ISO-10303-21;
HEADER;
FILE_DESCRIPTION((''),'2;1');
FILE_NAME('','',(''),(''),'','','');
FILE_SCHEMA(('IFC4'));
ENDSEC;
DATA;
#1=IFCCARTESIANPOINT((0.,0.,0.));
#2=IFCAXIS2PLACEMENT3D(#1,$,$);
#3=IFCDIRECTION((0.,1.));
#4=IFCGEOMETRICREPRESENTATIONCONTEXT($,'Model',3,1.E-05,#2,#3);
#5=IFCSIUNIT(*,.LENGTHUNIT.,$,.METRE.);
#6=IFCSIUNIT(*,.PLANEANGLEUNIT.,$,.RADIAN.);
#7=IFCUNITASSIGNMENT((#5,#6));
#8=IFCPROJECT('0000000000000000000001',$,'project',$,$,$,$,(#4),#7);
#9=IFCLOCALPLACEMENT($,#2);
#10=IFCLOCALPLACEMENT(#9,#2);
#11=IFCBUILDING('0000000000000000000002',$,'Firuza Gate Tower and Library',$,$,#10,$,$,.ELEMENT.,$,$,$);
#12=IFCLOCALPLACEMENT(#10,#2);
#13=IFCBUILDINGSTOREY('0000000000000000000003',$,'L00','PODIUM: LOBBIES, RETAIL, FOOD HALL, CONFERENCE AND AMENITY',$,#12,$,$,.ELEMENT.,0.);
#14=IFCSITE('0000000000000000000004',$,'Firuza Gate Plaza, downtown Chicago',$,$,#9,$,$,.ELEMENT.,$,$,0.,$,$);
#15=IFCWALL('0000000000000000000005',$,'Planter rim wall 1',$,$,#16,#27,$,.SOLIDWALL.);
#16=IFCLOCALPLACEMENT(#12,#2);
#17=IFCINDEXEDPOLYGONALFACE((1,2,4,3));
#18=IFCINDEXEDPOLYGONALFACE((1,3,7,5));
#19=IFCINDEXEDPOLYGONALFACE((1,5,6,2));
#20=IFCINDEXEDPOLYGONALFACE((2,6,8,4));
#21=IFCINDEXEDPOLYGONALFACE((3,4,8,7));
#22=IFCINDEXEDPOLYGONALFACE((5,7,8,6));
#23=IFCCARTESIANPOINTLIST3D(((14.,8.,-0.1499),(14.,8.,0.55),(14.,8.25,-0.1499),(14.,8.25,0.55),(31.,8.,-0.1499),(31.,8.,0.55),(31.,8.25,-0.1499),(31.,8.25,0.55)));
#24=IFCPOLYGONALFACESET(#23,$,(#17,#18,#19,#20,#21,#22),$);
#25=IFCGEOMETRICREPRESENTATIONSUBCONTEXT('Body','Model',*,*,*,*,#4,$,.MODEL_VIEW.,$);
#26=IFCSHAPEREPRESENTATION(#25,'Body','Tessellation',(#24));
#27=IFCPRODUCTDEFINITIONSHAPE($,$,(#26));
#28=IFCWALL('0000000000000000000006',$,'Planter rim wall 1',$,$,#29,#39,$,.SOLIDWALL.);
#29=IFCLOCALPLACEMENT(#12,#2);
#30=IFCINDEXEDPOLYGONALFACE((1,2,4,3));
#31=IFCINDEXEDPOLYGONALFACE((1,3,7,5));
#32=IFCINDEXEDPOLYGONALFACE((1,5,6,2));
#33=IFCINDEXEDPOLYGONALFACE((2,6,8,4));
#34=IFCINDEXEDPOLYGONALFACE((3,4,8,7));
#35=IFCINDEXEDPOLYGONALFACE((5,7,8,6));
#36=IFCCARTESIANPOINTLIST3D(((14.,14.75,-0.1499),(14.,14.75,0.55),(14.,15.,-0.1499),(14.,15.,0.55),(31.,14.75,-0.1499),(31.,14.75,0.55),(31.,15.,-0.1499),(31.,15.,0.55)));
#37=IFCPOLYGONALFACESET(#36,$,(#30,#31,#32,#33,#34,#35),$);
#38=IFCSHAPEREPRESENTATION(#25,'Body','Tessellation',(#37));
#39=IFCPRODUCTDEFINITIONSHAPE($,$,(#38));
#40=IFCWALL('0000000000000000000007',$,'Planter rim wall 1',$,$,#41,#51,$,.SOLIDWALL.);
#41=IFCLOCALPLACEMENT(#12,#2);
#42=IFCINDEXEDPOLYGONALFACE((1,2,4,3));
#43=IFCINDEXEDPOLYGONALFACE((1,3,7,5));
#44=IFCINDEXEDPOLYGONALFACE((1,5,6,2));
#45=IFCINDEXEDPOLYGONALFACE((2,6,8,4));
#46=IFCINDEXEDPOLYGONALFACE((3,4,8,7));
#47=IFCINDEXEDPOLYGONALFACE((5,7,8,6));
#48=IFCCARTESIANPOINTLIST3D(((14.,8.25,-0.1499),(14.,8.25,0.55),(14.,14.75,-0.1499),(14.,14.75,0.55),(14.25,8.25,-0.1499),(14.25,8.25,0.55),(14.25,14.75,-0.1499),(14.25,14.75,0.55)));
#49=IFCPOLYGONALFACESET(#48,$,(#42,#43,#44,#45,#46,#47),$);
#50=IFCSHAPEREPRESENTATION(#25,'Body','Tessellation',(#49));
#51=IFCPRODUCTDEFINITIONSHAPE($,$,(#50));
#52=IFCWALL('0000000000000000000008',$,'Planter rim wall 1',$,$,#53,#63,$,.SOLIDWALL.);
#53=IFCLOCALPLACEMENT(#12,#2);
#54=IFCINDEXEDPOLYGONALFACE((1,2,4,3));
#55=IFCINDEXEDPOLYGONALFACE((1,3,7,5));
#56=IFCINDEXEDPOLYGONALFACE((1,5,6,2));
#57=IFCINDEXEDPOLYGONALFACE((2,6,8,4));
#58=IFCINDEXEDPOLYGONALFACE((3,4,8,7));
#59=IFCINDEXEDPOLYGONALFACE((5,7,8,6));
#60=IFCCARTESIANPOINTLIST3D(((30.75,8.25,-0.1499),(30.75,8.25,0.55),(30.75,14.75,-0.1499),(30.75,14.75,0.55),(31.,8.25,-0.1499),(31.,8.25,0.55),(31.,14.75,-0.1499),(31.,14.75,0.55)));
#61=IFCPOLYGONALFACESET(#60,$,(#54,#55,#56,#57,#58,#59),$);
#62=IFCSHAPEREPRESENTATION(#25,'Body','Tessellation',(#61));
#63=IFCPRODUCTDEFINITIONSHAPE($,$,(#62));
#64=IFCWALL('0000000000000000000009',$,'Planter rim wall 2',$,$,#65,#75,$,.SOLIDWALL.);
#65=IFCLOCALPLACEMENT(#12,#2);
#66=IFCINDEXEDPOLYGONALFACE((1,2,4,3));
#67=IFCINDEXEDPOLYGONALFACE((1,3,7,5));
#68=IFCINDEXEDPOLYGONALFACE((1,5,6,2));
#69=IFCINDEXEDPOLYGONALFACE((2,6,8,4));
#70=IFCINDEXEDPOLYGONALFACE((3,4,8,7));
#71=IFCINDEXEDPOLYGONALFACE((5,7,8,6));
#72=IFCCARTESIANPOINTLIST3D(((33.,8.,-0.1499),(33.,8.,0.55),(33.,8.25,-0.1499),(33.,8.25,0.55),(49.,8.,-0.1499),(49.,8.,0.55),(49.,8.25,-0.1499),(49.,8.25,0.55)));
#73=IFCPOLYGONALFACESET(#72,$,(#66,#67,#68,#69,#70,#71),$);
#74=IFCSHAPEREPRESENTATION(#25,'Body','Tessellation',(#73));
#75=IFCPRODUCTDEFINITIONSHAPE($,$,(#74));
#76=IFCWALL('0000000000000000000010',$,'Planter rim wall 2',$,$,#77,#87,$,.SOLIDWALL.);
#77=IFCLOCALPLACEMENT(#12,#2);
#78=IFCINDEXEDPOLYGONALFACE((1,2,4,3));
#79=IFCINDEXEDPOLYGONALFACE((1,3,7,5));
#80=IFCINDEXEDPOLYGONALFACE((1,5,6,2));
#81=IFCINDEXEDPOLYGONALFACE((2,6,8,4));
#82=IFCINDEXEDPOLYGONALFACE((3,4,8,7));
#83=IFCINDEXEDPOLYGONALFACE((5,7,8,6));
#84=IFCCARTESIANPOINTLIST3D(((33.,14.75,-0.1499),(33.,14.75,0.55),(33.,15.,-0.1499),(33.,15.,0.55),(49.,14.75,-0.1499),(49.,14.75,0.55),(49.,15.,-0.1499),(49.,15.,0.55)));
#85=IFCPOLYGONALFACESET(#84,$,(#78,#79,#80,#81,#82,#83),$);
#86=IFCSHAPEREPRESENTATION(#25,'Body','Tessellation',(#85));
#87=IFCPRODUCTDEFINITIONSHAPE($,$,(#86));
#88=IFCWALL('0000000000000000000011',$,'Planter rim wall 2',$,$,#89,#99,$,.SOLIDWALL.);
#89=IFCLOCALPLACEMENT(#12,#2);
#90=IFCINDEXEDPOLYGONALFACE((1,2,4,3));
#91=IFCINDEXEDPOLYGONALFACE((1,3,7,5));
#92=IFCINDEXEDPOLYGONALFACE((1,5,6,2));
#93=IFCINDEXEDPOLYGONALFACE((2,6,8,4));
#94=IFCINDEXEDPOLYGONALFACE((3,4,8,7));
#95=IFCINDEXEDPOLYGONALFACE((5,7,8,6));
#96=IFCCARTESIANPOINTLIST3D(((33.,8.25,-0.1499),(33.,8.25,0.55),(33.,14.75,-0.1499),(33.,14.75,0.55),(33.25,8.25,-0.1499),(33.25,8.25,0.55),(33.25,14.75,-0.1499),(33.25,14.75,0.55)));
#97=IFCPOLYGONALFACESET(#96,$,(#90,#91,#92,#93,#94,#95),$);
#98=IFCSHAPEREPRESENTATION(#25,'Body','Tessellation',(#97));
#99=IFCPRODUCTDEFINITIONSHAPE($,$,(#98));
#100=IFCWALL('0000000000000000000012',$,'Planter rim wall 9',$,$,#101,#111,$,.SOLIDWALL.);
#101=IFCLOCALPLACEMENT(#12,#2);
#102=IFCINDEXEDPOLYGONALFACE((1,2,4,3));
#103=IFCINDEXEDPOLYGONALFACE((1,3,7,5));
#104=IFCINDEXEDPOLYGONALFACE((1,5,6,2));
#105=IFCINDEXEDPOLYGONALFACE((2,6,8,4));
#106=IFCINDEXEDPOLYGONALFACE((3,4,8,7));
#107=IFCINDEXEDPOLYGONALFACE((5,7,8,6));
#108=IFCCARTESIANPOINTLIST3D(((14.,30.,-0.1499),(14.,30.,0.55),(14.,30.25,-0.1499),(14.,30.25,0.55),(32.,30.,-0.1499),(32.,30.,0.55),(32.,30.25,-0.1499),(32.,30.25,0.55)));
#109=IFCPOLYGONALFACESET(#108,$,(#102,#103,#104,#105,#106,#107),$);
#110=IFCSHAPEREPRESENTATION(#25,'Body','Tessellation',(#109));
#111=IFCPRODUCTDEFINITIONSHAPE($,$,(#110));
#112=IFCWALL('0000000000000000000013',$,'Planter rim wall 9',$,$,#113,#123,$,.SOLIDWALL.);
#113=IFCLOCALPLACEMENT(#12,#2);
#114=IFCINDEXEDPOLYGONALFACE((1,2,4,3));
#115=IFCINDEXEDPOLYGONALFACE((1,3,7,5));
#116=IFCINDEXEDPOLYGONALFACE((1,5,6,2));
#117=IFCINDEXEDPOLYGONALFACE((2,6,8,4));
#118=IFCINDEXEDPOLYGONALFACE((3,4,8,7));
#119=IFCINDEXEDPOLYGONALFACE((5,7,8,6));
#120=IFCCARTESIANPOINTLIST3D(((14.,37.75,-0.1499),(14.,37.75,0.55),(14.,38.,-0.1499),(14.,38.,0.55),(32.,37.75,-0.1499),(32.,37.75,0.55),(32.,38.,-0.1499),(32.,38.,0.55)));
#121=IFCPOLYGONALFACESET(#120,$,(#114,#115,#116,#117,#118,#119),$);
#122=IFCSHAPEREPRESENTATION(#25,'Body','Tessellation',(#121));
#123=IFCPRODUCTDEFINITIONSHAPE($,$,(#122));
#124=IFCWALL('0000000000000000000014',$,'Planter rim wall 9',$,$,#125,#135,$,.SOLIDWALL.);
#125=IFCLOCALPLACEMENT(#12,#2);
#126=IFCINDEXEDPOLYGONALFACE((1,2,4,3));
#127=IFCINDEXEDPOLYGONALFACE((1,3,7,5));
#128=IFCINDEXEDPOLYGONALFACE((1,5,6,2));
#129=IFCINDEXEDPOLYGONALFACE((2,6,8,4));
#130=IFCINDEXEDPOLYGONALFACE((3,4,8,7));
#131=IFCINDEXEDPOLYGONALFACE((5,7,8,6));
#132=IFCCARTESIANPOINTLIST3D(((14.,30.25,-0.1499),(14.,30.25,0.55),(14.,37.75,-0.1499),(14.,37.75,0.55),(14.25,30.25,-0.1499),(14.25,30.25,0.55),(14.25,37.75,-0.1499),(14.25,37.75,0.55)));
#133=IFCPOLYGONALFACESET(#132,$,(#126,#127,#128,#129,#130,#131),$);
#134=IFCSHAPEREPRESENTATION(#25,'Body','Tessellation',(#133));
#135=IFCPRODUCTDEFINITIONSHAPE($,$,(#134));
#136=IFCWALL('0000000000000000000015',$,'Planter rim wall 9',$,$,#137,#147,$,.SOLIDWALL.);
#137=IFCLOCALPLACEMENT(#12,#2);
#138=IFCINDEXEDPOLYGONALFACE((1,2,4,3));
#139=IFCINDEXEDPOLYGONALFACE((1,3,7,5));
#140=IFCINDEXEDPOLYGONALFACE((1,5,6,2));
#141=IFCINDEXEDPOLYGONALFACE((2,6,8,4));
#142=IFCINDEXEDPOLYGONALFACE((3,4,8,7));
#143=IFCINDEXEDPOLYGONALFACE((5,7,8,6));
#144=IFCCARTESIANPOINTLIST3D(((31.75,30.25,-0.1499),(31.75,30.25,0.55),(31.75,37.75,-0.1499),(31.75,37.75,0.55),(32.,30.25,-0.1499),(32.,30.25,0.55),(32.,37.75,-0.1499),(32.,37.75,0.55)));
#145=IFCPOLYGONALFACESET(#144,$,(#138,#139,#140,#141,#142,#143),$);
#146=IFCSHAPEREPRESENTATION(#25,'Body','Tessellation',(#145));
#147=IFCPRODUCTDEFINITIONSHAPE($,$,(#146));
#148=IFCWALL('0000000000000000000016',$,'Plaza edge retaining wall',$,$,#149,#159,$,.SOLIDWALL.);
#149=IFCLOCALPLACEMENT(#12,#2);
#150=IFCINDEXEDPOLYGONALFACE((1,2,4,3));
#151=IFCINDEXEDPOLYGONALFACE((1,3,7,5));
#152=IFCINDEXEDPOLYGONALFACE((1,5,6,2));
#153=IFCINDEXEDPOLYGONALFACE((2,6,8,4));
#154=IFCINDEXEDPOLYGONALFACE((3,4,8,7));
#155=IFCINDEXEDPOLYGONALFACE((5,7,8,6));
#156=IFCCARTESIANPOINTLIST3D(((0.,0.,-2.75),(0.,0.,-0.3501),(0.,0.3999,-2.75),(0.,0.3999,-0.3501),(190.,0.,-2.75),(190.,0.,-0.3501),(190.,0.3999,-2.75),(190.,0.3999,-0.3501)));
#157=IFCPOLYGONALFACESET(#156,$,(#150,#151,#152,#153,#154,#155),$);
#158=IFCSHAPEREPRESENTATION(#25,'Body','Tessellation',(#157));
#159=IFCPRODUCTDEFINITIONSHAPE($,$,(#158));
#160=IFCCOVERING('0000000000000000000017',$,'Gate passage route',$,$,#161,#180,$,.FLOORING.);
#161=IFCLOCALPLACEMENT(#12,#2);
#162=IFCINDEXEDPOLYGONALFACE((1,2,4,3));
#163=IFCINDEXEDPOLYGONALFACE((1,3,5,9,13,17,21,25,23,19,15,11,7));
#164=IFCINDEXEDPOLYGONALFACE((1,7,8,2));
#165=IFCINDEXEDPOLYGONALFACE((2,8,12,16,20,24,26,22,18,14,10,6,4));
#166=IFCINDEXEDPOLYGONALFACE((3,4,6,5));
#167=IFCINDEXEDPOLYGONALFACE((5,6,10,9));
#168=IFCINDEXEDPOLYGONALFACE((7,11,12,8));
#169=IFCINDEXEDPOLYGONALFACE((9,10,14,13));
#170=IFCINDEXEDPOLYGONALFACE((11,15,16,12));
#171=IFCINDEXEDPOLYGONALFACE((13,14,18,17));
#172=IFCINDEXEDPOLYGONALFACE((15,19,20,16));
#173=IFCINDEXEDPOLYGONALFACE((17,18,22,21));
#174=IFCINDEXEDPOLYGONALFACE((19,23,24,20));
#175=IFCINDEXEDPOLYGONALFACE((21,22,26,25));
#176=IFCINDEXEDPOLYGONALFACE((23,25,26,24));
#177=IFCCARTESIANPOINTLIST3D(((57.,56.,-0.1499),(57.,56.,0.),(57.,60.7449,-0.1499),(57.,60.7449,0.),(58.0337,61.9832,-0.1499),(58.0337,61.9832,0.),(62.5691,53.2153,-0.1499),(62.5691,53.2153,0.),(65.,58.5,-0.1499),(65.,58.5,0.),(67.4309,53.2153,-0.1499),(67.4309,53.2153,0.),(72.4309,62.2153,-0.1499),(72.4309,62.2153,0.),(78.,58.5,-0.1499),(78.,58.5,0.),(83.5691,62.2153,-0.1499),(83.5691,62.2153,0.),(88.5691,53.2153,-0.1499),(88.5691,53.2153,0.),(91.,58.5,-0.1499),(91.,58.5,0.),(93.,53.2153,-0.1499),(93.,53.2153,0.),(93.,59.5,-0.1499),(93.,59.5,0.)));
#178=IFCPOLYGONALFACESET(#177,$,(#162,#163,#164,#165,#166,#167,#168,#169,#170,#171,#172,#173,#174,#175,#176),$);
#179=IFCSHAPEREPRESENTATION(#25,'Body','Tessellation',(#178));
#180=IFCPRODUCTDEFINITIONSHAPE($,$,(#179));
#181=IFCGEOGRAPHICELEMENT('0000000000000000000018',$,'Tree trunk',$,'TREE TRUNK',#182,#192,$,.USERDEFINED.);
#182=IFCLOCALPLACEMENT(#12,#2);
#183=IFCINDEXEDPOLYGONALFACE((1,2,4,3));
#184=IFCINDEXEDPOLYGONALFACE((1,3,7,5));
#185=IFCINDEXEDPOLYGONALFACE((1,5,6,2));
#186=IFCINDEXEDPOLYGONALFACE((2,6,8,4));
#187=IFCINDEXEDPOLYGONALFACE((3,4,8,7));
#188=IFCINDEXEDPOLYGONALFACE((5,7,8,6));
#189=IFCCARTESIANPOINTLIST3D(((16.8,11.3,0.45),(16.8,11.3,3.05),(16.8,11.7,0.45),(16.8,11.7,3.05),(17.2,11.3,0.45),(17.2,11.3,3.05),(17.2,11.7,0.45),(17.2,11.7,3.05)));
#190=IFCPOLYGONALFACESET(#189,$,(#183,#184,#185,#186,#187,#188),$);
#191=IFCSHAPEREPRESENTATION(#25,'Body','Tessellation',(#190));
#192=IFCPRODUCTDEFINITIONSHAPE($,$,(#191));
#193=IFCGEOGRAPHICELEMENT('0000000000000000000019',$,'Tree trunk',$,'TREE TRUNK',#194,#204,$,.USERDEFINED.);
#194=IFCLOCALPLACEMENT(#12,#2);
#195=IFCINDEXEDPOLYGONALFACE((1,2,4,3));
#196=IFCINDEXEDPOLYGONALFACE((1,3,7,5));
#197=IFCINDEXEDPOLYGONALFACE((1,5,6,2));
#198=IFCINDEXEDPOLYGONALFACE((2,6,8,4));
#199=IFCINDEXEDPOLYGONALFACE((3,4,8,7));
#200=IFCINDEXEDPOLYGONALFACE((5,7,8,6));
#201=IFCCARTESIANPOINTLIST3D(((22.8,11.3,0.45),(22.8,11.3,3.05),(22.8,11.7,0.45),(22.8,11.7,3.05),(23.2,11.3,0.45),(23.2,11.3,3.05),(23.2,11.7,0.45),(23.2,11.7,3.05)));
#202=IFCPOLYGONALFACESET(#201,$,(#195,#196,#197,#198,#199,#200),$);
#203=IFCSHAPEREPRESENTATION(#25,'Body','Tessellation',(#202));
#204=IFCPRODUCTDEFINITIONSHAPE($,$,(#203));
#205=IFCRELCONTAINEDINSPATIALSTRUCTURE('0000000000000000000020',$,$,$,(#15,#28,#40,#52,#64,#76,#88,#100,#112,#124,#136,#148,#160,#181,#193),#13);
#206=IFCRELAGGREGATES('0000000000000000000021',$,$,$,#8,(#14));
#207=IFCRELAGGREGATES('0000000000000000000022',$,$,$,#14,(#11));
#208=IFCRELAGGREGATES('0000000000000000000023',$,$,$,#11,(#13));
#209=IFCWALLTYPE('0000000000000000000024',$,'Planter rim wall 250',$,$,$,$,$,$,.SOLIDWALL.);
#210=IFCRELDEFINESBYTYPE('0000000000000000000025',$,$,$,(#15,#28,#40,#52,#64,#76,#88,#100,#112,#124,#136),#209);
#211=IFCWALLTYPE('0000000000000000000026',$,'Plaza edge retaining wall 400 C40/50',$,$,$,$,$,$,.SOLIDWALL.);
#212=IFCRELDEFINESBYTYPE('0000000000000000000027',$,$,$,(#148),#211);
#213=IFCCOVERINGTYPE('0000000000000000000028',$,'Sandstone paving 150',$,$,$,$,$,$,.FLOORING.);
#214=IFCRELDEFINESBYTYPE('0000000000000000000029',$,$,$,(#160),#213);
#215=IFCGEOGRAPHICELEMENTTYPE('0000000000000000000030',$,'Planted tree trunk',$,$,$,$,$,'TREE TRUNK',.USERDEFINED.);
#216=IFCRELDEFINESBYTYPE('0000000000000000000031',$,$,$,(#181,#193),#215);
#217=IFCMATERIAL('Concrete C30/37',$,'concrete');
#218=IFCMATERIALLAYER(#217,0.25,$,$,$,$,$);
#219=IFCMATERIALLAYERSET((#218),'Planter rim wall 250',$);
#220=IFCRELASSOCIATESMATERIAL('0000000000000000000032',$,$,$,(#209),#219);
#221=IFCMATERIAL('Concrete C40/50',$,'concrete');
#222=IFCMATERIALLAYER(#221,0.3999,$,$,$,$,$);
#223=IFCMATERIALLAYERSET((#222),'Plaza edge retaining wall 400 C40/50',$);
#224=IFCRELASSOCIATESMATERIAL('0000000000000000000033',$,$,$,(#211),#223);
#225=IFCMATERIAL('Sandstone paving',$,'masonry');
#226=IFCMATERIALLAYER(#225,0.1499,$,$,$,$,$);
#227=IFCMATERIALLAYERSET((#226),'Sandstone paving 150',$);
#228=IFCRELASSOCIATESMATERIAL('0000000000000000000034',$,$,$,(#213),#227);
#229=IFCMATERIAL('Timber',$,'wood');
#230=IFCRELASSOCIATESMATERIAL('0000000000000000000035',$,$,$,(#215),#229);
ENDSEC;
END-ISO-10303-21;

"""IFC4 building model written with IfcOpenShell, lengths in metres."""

from ifc_helpers import new_model, si_unit, direction, frame, frame_2d, origin, origin_2d, place, context, subcontext, project, spatial, polyline, rectangle, outline, extrude, material, layer, layer_set, type_object, element, save


model = new_model("IFC4")

# Units and contexts
model_context = context("Model", 3, precision=1e-05, world=origin(), true_north=direction((0.0, 1.0)))
body_context = subcontext(model_context, "Body", "Model", "MODEL_VIEW")
ifc_project = project(units=[si_unit("LENGTHUNIT", "METRE"), si_unit("PLANEANGLEUNIT", "RADIAN")], contexts=[model_context])

# Site, building, storey
site_placement = place(None, origin())
site = spatial("IfcSite", under=ifc_project, at=site_placement, Name="Firuza Gate Plaza, downtown Chicago", CompositionType="ELEMENT", RefElevation=0.0)
building_placement = place(site_placement, origin())
building = spatial("IfcBuilding", under=site, at=building_placement, Name="Firuza Gate Tower and Library", CompositionType="ELEMENT")
storey_placement = place(building_placement, origin())
storey = spatial("IfcBuildingStorey", under=building, at=storey_placement, Name="L00", Description="PODIUM: LOBBIES, RETAIL, FOOD HALL, CONFERENCE AND AMENITY", CompositionType="ELEMENT", Elevation=0.0)

# Walls
ifc_material_1 = material(Name="Concrete C30/37", Category="concrete")
ifc_layer_1 = layer(ifc_material_1, 0.25)
ifc_layer_set_1 = layer_set([ifc_layer_1], Name="Planter rim wall 250")
wall_type_1 = type_object("IfcWallType", Name="Planter rim wall 250", PredefinedType="SOLIDWALL", material=ifc_layer_set_1)
for number, where, z_axis, x_axis, name in (
    (1, (14.0, 8.125, -0.1499), (0.0, 0.0, 1.0), (1.0, 0.0, 0.0), "Planter rim wall 1"),
    (2, (14.0, 14.875, -0.1499), (0.0, 0.0, 1.0), (1.0, 0.0, 0.0), "Planter rim wall 1"),
):
    element("IfcWall", number, at=place(storey_placement, frame(where, z_axis=z_axis, x_axis=x_axis)), inside=storey, type_object=wall_type_1, Name=name, PredefinedType="SOLIDWALL", context=body_context, shape_type="SweptSolid", body=[
        extrude(rectangle(XDim=17.0, YDim=0.25, at=frame_2d((8.5, 0.0))), origin(), (0.0, 0.0, 1.0), 0.7),
    ])
for number, where, z_axis, x_axis, name in (
    (3, (14.125, 8.25, -0.1499), (0.0, 0.0, 1.0), (0.0, 1.0, 0.0), "Planter rim wall 1"),
    (4, (30.875, 8.25, -0.1499), (0.0, 0.0, 1.0), (0.0, 1.0, 0.0), "Planter rim wall 1"),
):
    element("IfcWall", number, at=place(storey_placement, frame(where, z_axis=z_axis, x_axis=x_axis)), inside=storey, type_object=wall_type_1, Name=name, PredefinedType="SOLIDWALL", context=body_context, shape_type="SweptSolid", body=[
        extrude(rectangle(XDim=6.5, YDim=0.25, at=frame_2d((3.25, 0.0))), origin(), (0.0, 0.0, 1.0), 0.7),
    ])
for number, where, z_axis, x_axis, name in (
    (5, (33.0, 8.125, -0.1499), (0.0, 0.0, 1.0), (1.0, 0.0, 0.0), "Planter rim wall 2"),
    (6, (33.0, 14.875, -0.1499), (0.0, 0.0, 1.0), (1.0, 0.0, 0.0), "Planter rim wall 2"),
):
    element("IfcWall", number, at=place(storey_placement, frame(where, z_axis=z_axis, x_axis=x_axis)), inside=storey, type_object=wall_type_1, Name=name, PredefinedType="SOLIDWALL", context=body_context, shape_type="SweptSolid", body=[
        extrude(rectangle(XDim=16.0, YDim=0.25, at=frame_2d((8.0, 0.0))), origin(), (0.0, 0.0, 1.0), 0.7),
    ])
wall_1_placement = place(storey_placement, frame((33.125, 8.25, -0.1499), z_axis=(0.0, 0.0, 1.0), x_axis=(0.0, 1.0, 0.0)))
element("IfcWall", 7, at=wall_1_placement, inside=storey, type_object=wall_type_1, Name="Planter rim wall 2", PredefinedType="SOLIDWALL", context=body_context, shape_type="SweptSolid", body=[
    extrude(rectangle(XDim=6.5, YDim=0.25, at=frame_2d((3.25, 0.0))), origin(), (0.0, 0.0, 1.0), 0.7),
])
for number, where, z_axis, x_axis, name in (
    (8, (14.0, 30.125, -0.1499), (0.0, 0.0, 1.0), (1.0, 0.0, 0.0), "Planter rim wall 9"),
    (9, (14.0, 37.875, -0.1499), (0.0, 0.0, 1.0), (1.0, 0.0, 0.0), "Planter rim wall 9"),
):
    element("IfcWall", number, at=place(storey_placement, frame(where, z_axis=z_axis, x_axis=x_axis)), inside=storey, type_object=wall_type_1, Name=name, PredefinedType="SOLIDWALL", context=body_context, shape_type="SweptSolid", body=[
        extrude(rectangle(XDim=18.0, YDim=0.25, at=frame_2d((9.0, 0.0))), origin(), (0.0, 0.0, 1.0), 0.7),
    ])
for number, where, z_axis, x_axis, name in (
    (10, (14.125, 30.25, -0.1499), (0.0, 0.0, 1.0), (0.0, 1.0, 0.0), "Planter rim wall 9"),
    (11, (31.875, 30.25, -0.1499), (0.0, 0.0, 1.0), (0.0, 1.0, 0.0), "Planter rim wall 9"),
):
    element("IfcWall", number, at=place(storey_placement, frame(where, z_axis=z_axis, x_axis=x_axis)), inside=storey, type_object=wall_type_1, Name=name, PredefinedType="SOLIDWALL", context=body_context, shape_type="SweptSolid", body=[
        extrude(rectangle(XDim=7.5, YDim=0.25, at=frame_2d((3.75, 0.0))), origin(), (0.0, 0.0, 1.0), 0.7),
    ])
ifc_material_2 = material(Name="Concrete C40/50", Category="concrete")
ifc_layer_2 = layer(ifc_material_2, 0.3999)
ifc_layer_set_2 = layer_set([ifc_layer_2], Name="Plaza edge retaining wall 400 C40/50")
wall_type_2 = type_object("IfcWallType", Name="Plaza edge retaining wall 400 C40/50", PredefinedType="SOLIDWALL", material=ifc_layer_set_2)
wall_2_placement = place(storey_placement, frame((0.0, 0.2, -2.75), z_axis=(0.0, 0.0, 1.0), x_axis=(1.0, 0.0, 0.0)))
element("IfcWall", 12, at=wall_2_placement, inside=storey, type_object=wall_type_2, Name="Plaza edge retaining wall", PredefinedType="SOLIDWALL", context=body_context, shape_type="SweptSolid", body=[
    extrude(rectangle(XDim=190.0, YDim=0.3999, at=frame_2d((95.0, 0.0))), origin(), (0.0, 0.0, 1.0), 2.3999),
])

# Covering
ifc_material_3 = material(Name="Sandstone paving", Category="masonry")
ifc_layer_3 = layer(ifc_material_3, 0.1499)
ifc_layer_set_3 = layer_set([ifc_layer_3], Name="Sandstone paving 150")
covering_type = type_object("IfcCoveringType", Name="Sandstone paving 150", PredefinedType="FLOORING", material=ifc_layer_set_3)
placement = place(storey_placement, frame((0.0, 0.0, -0.1499)))
element("IfcCovering", 13, at=placement, inside=storey, type_object=covering_type, Name="Gate passage route", PredefinedType="FLOORING", context=body_context, shape_type="SweptSolid", body=[
    extrude(outline(polyline([(88.5691, 53.2153), (78.0, 58.5), (67.4309, 53.2153), (62.5691, 53.2153), (57.0, 56.0), (57.0, 60.7449), (58.0337, 61.9832), (65.0, 58.5), (72.4309, 62.2153), (83.5691, 62.2153), (91.0, 58.5), (93.0, 59.5), (93.0, 53.2153), (88.5691, 53.2153)])), origin(), (0.0, 0.0, 1.0), 0.1499),
])

# Geographic elements
ifc_material_4 = material(Name="Timber", Category="wood")
geographic_element_type_1 = type_object("IfcGeographicElementType", Name="Planted tree trunk", ElementType="TREE TRUNK", PredefinedType="USERDEFINED", material=ifc_material_4)
for number, where, z_axis, x_axis, name in (
    (14, (17.0, 11.5, 0.45), (0.0, 0.0, 1.0), (1.0, 0.0, 0.0), "Tree trunk"),
    (15, (23.0, 11.5, 0.45), (0.0, 0.0, 1.0), (1.0, 0.0, 0.0), "Tree trunk"),
):
    element("IfcGeographicElement", number, at=place(storey_placement, frame(where, z_axis=z_axis, x_axis=x_axis)), inside=storey, type_object=geographic_element_type_1, Name=name, ObjectType="TREE TRUNK", PredefinedType="USERDEFINED", context=body_context, shape_type="SweptSolid", body=[
        extrude(rectangle(XDim=0.3999, YDim=0.3999, at=origin_2d()), origin(), (0.0, 0.0, 1.0), 2.6001),
    ])

save(model, "model.ifc")
